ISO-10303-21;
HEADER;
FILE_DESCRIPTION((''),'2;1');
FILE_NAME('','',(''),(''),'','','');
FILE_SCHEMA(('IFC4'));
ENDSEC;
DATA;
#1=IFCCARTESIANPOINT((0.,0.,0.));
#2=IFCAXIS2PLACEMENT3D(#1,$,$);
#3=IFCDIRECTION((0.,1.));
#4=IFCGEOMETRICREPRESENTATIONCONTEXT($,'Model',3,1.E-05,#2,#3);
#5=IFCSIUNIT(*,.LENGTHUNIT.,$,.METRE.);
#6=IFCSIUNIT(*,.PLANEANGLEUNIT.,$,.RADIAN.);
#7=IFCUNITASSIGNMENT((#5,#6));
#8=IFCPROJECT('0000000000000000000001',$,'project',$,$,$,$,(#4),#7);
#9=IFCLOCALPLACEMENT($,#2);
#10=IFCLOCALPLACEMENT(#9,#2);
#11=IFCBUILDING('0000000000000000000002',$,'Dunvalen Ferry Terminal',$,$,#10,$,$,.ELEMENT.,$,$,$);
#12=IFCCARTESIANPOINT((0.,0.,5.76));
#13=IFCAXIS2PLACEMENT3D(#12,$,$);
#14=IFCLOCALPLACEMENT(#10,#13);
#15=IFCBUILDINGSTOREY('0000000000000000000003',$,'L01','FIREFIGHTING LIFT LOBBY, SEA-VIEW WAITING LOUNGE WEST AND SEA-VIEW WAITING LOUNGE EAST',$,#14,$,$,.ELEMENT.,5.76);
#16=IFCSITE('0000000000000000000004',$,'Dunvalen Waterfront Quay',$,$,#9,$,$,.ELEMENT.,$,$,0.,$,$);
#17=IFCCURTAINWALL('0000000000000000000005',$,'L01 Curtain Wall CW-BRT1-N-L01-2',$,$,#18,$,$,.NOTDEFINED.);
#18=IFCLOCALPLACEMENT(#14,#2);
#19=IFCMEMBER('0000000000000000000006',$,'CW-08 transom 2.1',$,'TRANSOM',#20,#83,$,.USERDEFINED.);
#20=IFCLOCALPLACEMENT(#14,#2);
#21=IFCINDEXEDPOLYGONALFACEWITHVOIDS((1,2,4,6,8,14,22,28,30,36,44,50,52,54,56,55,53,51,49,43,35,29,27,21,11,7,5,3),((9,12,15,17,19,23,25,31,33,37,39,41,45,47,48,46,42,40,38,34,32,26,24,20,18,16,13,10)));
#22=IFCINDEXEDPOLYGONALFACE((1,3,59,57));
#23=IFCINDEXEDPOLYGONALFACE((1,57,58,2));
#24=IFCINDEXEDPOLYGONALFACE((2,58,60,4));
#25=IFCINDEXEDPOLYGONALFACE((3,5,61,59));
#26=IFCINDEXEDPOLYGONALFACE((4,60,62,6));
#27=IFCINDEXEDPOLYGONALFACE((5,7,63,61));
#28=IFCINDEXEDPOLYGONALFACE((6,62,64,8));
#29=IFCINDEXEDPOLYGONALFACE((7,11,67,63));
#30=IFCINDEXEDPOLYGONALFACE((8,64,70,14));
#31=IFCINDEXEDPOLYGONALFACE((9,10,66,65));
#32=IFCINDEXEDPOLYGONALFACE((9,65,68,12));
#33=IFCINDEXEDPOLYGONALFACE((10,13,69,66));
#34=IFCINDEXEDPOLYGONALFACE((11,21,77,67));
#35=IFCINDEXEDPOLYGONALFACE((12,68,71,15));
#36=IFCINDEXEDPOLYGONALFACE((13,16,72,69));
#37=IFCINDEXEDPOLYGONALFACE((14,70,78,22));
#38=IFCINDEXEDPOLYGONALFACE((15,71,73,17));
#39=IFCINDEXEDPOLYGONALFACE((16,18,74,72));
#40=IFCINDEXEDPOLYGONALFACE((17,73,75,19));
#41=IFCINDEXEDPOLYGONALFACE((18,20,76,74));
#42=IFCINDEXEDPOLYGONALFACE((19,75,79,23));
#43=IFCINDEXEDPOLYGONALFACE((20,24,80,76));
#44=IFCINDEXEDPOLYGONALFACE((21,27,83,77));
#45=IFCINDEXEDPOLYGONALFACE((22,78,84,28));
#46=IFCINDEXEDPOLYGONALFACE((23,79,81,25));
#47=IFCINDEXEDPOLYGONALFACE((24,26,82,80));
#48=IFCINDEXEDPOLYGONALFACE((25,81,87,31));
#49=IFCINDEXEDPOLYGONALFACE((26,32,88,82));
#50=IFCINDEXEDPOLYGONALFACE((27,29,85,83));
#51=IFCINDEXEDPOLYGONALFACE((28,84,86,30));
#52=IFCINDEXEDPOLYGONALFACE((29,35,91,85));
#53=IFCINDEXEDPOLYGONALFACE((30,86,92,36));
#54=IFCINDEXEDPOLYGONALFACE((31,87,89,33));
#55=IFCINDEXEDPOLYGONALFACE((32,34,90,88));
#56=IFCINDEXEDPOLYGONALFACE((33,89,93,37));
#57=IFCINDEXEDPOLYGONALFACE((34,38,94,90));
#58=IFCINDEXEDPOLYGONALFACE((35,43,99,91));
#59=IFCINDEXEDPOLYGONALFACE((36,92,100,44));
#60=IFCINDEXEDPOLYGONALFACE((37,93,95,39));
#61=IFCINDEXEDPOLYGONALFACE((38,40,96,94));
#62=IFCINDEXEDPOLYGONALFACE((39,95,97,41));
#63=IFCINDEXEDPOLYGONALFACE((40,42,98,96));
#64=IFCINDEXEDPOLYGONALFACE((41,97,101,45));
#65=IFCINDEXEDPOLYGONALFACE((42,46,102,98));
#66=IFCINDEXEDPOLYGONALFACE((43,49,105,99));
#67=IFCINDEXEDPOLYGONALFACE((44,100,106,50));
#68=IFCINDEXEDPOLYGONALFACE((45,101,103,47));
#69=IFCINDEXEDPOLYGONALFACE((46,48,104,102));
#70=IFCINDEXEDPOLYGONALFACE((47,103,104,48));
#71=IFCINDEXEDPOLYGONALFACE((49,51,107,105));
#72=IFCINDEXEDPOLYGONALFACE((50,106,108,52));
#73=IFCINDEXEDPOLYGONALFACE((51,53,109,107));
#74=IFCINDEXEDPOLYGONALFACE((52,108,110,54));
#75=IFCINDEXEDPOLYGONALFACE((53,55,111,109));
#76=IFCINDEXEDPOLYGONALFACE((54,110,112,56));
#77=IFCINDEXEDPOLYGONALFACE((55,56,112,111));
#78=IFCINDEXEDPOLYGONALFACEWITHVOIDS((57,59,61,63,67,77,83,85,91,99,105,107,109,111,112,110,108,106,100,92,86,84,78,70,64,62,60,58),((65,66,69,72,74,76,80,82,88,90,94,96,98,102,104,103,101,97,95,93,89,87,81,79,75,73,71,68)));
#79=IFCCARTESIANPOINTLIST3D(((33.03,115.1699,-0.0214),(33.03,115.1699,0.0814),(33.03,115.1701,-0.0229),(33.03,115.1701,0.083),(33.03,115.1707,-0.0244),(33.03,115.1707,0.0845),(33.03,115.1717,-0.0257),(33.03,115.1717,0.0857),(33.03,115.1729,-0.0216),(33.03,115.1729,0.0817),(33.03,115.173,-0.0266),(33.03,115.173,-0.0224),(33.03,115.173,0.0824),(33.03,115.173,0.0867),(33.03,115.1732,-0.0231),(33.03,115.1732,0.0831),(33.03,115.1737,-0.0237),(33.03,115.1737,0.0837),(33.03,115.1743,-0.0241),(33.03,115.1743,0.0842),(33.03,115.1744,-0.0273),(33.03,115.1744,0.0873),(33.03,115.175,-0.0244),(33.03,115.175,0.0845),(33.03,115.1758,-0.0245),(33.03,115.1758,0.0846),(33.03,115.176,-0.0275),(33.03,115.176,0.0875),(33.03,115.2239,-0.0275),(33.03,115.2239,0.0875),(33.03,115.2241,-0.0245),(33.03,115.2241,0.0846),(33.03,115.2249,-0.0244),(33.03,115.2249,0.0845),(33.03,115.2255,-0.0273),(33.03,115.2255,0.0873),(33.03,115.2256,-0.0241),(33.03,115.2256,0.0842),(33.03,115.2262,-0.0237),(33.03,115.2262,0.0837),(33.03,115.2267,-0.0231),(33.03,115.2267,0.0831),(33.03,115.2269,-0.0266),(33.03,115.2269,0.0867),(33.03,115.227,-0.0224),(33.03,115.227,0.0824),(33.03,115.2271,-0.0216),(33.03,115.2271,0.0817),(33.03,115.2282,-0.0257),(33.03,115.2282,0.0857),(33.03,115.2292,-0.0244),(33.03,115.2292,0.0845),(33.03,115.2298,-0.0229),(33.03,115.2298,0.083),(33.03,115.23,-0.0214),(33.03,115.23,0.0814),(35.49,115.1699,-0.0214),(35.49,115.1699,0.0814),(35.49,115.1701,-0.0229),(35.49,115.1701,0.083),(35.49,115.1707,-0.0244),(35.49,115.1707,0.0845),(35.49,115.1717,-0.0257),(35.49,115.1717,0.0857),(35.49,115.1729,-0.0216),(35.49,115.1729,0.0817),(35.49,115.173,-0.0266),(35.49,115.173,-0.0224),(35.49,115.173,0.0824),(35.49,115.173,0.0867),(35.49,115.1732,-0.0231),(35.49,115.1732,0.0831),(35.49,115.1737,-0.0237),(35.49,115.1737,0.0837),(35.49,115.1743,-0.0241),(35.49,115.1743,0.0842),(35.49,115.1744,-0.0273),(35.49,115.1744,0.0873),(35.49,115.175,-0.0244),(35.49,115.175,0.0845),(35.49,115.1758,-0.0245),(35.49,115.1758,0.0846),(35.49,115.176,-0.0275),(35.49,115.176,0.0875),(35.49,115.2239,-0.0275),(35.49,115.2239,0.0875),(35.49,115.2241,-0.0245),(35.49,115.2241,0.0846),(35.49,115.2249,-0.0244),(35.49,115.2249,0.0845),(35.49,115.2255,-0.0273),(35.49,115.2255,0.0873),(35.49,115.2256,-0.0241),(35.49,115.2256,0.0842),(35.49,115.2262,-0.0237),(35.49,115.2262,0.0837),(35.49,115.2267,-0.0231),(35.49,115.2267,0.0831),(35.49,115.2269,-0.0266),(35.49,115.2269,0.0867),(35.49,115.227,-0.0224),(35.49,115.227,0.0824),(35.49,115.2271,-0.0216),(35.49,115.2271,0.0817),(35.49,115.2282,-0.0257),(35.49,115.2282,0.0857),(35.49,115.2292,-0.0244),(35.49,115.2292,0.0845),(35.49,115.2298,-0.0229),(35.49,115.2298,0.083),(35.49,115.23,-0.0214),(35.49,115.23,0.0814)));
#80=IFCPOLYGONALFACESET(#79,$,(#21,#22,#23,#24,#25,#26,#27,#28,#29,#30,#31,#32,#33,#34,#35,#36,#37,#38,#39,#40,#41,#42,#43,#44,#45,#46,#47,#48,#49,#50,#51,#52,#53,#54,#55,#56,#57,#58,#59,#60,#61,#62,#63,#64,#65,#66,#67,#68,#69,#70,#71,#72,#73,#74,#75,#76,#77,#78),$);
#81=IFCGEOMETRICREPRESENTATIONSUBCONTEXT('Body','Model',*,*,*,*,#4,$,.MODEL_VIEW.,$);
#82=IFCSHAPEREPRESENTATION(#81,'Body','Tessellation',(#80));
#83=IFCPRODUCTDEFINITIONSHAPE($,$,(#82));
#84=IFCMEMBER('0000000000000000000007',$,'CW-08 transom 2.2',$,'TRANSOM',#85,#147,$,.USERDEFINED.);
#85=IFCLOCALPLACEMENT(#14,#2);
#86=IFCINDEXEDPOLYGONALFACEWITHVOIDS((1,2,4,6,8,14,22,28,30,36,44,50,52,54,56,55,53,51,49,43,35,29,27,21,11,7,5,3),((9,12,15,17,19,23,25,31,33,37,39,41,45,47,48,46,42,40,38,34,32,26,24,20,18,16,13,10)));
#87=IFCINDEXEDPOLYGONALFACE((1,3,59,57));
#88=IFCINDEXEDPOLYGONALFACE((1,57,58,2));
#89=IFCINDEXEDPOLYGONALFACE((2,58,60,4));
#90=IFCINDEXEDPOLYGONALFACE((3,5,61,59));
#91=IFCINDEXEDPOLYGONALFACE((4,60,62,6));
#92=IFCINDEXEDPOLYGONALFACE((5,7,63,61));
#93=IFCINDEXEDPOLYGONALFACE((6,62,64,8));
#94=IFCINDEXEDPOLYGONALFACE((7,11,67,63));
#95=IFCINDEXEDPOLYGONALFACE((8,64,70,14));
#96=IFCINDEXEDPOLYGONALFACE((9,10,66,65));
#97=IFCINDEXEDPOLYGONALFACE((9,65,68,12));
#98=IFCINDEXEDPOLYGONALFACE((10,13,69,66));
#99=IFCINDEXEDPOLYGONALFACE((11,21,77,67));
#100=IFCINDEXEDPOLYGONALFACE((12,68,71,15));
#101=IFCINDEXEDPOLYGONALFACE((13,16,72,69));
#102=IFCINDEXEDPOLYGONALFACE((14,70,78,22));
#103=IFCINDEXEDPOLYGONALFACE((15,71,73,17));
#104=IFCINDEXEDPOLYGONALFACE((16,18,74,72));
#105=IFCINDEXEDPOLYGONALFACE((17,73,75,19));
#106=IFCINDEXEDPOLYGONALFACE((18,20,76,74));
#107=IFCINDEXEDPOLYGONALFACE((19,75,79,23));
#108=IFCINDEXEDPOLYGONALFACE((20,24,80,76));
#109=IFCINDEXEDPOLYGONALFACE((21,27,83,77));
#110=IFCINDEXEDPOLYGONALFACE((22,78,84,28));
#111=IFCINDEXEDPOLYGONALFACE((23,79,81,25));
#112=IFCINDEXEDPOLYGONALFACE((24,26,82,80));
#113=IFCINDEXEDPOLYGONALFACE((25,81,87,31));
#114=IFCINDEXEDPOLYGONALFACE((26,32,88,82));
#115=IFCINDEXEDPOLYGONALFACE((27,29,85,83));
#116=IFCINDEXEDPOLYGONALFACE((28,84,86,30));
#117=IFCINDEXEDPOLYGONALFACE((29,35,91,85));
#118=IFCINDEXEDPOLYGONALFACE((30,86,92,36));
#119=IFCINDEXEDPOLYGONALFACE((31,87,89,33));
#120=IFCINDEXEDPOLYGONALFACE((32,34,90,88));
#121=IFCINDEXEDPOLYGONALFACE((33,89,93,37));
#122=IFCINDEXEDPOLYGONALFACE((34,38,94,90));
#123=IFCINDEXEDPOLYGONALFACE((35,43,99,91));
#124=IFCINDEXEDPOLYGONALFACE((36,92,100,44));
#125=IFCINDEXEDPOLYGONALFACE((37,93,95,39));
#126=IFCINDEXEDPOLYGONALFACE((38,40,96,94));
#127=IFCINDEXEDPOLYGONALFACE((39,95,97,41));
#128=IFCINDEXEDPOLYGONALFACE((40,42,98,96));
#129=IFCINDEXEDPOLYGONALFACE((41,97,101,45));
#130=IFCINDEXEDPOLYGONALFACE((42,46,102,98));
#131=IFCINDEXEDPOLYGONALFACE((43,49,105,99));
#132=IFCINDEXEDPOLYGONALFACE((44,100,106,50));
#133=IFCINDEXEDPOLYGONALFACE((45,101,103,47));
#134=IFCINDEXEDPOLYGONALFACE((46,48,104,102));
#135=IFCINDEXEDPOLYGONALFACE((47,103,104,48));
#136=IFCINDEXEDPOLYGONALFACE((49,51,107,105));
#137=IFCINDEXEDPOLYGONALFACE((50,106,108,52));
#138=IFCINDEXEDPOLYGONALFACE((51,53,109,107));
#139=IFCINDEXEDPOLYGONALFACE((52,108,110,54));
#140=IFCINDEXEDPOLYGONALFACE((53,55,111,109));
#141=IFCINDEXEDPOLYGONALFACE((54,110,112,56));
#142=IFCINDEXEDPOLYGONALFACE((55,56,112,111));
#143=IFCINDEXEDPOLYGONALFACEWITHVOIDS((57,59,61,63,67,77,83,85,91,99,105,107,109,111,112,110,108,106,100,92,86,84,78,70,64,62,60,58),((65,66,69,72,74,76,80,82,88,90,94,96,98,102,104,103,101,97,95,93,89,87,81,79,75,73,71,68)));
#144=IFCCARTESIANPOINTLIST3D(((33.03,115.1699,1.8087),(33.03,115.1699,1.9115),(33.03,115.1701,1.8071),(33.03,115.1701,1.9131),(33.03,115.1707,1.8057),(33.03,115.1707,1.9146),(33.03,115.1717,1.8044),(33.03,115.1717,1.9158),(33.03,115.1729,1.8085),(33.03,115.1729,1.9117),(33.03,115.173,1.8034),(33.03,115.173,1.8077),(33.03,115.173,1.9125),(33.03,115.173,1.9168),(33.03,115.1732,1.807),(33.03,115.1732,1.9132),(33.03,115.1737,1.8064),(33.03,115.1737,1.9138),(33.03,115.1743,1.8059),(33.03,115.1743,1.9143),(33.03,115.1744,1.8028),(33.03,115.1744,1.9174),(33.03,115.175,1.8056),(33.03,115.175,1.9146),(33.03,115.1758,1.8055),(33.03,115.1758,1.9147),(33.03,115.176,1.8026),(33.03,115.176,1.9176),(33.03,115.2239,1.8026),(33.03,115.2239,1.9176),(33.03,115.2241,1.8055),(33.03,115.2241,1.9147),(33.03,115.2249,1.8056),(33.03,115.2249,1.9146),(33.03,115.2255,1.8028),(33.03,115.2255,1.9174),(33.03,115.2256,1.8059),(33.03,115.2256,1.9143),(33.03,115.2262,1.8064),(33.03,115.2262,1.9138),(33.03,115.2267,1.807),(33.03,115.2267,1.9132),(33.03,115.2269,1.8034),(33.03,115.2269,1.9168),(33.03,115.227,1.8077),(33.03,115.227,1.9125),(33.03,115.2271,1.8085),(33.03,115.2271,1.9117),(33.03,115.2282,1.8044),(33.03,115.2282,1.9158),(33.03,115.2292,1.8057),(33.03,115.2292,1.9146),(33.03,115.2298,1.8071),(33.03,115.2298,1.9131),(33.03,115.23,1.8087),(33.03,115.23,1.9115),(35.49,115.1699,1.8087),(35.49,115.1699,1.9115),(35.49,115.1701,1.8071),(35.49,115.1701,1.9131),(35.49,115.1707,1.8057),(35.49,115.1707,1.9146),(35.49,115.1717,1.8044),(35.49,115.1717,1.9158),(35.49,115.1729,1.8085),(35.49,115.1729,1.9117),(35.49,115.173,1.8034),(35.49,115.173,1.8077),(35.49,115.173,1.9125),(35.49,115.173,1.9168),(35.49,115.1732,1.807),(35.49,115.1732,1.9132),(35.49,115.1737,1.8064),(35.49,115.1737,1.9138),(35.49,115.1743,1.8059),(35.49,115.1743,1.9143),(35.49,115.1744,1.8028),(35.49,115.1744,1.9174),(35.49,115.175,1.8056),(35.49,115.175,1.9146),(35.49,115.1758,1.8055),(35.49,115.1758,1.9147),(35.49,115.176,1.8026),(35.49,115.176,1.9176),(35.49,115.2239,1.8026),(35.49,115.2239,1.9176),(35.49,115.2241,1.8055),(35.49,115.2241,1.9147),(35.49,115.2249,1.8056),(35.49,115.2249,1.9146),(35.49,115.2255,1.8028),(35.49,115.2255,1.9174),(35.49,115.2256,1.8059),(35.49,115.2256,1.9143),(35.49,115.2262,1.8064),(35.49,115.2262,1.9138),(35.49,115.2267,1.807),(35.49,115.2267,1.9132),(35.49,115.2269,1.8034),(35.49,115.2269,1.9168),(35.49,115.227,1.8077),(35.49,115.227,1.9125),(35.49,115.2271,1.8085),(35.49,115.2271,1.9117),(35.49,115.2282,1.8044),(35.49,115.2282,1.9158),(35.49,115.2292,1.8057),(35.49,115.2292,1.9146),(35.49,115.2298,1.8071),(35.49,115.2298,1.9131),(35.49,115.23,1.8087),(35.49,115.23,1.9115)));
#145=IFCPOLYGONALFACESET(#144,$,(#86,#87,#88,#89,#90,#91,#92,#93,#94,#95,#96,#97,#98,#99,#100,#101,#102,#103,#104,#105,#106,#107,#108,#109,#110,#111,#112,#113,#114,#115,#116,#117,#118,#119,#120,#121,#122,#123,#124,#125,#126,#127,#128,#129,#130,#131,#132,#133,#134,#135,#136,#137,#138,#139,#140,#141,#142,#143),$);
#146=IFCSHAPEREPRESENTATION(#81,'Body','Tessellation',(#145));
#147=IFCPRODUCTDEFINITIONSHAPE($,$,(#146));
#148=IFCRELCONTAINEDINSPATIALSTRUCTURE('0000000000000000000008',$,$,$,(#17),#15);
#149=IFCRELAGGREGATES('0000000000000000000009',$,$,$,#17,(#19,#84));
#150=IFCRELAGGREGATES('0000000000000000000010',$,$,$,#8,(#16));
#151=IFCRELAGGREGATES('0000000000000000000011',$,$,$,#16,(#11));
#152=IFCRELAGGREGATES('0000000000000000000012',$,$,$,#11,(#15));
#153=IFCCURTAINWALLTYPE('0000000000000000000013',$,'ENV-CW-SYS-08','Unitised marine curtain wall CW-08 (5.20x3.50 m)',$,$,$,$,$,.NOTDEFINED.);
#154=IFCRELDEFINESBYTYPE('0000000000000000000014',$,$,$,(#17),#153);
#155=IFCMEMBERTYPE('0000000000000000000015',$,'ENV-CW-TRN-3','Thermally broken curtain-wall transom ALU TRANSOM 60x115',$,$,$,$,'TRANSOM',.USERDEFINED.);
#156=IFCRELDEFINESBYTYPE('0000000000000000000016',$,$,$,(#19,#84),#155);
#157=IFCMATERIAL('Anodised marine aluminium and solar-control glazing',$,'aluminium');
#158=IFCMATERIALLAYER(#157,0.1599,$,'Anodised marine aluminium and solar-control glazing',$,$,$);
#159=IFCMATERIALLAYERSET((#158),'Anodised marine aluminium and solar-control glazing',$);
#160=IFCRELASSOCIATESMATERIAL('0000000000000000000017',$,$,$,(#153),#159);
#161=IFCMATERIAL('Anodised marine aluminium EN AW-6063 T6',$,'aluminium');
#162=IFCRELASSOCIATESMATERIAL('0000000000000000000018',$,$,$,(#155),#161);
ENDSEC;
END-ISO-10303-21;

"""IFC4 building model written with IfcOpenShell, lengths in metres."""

from ifc_helpers import new_model, si_unit, direction, frame, origin, origin_2d, place, context, subcontext, project, spatial, hollow_rectangle, extrude, material, layer, layer_set, material_profile, profile_set, type_object, element, aggregate, save


model = new_model("IFC4")

# Units and contexts
model_context = context("Model", 3, precision=1e-05, world=origin(), true_north=direction((0.0, 1.0)))
body_context = subcontext(model_context, "Body", "Model", "MODEL_VIEW")
ifc_project = project(units=[si_unit("LENGTHUNIT", "METRE"), si_unit("PLANEANGLEUNIT", "RADIAN")], contexts=[model_context])

# Site, building, storey
site_placement = place(None, origin())
site = spatial("IfcSite", under=ifc_project, at=site_placement, Name="Dunvalen Waterfront Quay", CompositionType="ELEMENT", RefElevation=0.0)
building_placement = place(site_placement, origin())
building = spatial("IfcBuilding", under=site, at=building_placement, Name="Dunvalen Ferry Terminal", CompositionType="ELEMENT")
storey_placement = place(building_placement, frame((0.0, 0.0, 5.76)))
storey = spatial("IfcBuildingStorey", under=building, at=storey_placement, Name="L01", Description="FIREFIGHTING LIFT LOBBY, SEA-VIEW WAITING LOUNGE WEST AND SEA-VIEW WAITING LOUNGE EAST", CompositionType="ELEMENT", Elevation=5.76)

# Curtain wall
ifc_material_1 = material(Name="Anodised marine aluminium and solar-control glazing", Category="aluminium")
ifc_layer_1 = layer(ifc_material_1, 0.1599, Name="Anodised marine aluminium and solar-control glazing")
ifc_layer_set_1 = layer_set([ifc_layer_1], Name="Anodised marine aluminium and solar-control glazing")
curtain_wall_type = type_object("IfcCurtainWallType", Name="ENV-CW-SYS-08", Description="Unitised marine curtain wall CW-08 (5.20x3.50 m)", PredefinedType="NOTDEFINED", material=ifc_layer_set_1)
ifc_material_2 = material(Name="Anodised marine aluminium EN AW-6063 T6", Category="aluminium")
curtain_wall_1_placement = place(storey_placement, origin())
curtain_wall_1 = element("IfcCurtainWall", 1, at=curtain_wall_1_placement, inside=storey, type_object=curtain_wall_type, Name="L01 Curtain Wall CW-BRT1-N-L01-2", PredefinedType="NOTDEFINED")

# Members
ifc_material_profile_1 = material_profile(ifc_material_2, hollow_rectangle(XDim=0.0601, YDim=0.115, WallThickness=0.0029, InnerFilletRadius=0.0029, OuterFilletRadius=0.0061, at=origin_2d()), Name="Anodised marine aluminium EN AW-6063 T6")
ifc_profile_set_1 = profile_set([ifc_material_profile_1], Name="Anodised marine aluminium EN AW-6063 T6")
member_type_1 = type_object("IfcMemberType", Name="ENV-CW-TRN-3", Description="Thermally broken curtain-wall transom ALU TRANSOM 60x115", ElementType="TRANSOM", PredefinedType="USERDEFINED", material=ifc_profile_set_1)
member_1_placement = place(storey_placement, frame((33.03, 115.2, 0.03), z_axis=(1.0, 0.0, 0.0), x_axis=(0.0, 1.0, 0.0)))
member_1 = element("IfcMember", 2, at=member_1_placement, type_object=member_type_1, Name="CW-08 transom 2.1", ObjectType="TRANSOM", PredefinedType="USERDEFINED", context=body_context, shape_type="SweptSolid", body=[
    extrude(hollow_rectangle(XDim=0.0601, YDim=0.115, WallThickness=0.0029, InnerFilletRadius=0.0029, OuterFilletRadius=0.0061, at=origin_2d()), origin(), (0.0, 0.0, 1.0), 2.46),
])
member_2_placement = place(storey_placement, frame((33.03, 115.2, 1.8601), z_axis=(1.0, 0.0, 0.0), x_axis=(0.0, 1.0, 0.0)))
member_2 = element("IfcMember", 3, at=member_2_placement, type_object=member_type_1, Name="CW-08 transom 2.2", ObjectType="TRANSOM", PredefinedType="USERDEFINED", context=body_context, shape_type="SweptSolid", body=[
    extrude(hollow_rectangle(XDim=0.0601, YDim=0.115, WallThickness=0.0029, InnerFilletRadius=0.0029, OuterFilletRadius=0.0061, at=origin_2d()), origin(), (0.0, 0.0, 1.0), 2.46),
])

aggregate(curtain_wall_1, [member_1, member_2])

save(model, "model.ifc")
